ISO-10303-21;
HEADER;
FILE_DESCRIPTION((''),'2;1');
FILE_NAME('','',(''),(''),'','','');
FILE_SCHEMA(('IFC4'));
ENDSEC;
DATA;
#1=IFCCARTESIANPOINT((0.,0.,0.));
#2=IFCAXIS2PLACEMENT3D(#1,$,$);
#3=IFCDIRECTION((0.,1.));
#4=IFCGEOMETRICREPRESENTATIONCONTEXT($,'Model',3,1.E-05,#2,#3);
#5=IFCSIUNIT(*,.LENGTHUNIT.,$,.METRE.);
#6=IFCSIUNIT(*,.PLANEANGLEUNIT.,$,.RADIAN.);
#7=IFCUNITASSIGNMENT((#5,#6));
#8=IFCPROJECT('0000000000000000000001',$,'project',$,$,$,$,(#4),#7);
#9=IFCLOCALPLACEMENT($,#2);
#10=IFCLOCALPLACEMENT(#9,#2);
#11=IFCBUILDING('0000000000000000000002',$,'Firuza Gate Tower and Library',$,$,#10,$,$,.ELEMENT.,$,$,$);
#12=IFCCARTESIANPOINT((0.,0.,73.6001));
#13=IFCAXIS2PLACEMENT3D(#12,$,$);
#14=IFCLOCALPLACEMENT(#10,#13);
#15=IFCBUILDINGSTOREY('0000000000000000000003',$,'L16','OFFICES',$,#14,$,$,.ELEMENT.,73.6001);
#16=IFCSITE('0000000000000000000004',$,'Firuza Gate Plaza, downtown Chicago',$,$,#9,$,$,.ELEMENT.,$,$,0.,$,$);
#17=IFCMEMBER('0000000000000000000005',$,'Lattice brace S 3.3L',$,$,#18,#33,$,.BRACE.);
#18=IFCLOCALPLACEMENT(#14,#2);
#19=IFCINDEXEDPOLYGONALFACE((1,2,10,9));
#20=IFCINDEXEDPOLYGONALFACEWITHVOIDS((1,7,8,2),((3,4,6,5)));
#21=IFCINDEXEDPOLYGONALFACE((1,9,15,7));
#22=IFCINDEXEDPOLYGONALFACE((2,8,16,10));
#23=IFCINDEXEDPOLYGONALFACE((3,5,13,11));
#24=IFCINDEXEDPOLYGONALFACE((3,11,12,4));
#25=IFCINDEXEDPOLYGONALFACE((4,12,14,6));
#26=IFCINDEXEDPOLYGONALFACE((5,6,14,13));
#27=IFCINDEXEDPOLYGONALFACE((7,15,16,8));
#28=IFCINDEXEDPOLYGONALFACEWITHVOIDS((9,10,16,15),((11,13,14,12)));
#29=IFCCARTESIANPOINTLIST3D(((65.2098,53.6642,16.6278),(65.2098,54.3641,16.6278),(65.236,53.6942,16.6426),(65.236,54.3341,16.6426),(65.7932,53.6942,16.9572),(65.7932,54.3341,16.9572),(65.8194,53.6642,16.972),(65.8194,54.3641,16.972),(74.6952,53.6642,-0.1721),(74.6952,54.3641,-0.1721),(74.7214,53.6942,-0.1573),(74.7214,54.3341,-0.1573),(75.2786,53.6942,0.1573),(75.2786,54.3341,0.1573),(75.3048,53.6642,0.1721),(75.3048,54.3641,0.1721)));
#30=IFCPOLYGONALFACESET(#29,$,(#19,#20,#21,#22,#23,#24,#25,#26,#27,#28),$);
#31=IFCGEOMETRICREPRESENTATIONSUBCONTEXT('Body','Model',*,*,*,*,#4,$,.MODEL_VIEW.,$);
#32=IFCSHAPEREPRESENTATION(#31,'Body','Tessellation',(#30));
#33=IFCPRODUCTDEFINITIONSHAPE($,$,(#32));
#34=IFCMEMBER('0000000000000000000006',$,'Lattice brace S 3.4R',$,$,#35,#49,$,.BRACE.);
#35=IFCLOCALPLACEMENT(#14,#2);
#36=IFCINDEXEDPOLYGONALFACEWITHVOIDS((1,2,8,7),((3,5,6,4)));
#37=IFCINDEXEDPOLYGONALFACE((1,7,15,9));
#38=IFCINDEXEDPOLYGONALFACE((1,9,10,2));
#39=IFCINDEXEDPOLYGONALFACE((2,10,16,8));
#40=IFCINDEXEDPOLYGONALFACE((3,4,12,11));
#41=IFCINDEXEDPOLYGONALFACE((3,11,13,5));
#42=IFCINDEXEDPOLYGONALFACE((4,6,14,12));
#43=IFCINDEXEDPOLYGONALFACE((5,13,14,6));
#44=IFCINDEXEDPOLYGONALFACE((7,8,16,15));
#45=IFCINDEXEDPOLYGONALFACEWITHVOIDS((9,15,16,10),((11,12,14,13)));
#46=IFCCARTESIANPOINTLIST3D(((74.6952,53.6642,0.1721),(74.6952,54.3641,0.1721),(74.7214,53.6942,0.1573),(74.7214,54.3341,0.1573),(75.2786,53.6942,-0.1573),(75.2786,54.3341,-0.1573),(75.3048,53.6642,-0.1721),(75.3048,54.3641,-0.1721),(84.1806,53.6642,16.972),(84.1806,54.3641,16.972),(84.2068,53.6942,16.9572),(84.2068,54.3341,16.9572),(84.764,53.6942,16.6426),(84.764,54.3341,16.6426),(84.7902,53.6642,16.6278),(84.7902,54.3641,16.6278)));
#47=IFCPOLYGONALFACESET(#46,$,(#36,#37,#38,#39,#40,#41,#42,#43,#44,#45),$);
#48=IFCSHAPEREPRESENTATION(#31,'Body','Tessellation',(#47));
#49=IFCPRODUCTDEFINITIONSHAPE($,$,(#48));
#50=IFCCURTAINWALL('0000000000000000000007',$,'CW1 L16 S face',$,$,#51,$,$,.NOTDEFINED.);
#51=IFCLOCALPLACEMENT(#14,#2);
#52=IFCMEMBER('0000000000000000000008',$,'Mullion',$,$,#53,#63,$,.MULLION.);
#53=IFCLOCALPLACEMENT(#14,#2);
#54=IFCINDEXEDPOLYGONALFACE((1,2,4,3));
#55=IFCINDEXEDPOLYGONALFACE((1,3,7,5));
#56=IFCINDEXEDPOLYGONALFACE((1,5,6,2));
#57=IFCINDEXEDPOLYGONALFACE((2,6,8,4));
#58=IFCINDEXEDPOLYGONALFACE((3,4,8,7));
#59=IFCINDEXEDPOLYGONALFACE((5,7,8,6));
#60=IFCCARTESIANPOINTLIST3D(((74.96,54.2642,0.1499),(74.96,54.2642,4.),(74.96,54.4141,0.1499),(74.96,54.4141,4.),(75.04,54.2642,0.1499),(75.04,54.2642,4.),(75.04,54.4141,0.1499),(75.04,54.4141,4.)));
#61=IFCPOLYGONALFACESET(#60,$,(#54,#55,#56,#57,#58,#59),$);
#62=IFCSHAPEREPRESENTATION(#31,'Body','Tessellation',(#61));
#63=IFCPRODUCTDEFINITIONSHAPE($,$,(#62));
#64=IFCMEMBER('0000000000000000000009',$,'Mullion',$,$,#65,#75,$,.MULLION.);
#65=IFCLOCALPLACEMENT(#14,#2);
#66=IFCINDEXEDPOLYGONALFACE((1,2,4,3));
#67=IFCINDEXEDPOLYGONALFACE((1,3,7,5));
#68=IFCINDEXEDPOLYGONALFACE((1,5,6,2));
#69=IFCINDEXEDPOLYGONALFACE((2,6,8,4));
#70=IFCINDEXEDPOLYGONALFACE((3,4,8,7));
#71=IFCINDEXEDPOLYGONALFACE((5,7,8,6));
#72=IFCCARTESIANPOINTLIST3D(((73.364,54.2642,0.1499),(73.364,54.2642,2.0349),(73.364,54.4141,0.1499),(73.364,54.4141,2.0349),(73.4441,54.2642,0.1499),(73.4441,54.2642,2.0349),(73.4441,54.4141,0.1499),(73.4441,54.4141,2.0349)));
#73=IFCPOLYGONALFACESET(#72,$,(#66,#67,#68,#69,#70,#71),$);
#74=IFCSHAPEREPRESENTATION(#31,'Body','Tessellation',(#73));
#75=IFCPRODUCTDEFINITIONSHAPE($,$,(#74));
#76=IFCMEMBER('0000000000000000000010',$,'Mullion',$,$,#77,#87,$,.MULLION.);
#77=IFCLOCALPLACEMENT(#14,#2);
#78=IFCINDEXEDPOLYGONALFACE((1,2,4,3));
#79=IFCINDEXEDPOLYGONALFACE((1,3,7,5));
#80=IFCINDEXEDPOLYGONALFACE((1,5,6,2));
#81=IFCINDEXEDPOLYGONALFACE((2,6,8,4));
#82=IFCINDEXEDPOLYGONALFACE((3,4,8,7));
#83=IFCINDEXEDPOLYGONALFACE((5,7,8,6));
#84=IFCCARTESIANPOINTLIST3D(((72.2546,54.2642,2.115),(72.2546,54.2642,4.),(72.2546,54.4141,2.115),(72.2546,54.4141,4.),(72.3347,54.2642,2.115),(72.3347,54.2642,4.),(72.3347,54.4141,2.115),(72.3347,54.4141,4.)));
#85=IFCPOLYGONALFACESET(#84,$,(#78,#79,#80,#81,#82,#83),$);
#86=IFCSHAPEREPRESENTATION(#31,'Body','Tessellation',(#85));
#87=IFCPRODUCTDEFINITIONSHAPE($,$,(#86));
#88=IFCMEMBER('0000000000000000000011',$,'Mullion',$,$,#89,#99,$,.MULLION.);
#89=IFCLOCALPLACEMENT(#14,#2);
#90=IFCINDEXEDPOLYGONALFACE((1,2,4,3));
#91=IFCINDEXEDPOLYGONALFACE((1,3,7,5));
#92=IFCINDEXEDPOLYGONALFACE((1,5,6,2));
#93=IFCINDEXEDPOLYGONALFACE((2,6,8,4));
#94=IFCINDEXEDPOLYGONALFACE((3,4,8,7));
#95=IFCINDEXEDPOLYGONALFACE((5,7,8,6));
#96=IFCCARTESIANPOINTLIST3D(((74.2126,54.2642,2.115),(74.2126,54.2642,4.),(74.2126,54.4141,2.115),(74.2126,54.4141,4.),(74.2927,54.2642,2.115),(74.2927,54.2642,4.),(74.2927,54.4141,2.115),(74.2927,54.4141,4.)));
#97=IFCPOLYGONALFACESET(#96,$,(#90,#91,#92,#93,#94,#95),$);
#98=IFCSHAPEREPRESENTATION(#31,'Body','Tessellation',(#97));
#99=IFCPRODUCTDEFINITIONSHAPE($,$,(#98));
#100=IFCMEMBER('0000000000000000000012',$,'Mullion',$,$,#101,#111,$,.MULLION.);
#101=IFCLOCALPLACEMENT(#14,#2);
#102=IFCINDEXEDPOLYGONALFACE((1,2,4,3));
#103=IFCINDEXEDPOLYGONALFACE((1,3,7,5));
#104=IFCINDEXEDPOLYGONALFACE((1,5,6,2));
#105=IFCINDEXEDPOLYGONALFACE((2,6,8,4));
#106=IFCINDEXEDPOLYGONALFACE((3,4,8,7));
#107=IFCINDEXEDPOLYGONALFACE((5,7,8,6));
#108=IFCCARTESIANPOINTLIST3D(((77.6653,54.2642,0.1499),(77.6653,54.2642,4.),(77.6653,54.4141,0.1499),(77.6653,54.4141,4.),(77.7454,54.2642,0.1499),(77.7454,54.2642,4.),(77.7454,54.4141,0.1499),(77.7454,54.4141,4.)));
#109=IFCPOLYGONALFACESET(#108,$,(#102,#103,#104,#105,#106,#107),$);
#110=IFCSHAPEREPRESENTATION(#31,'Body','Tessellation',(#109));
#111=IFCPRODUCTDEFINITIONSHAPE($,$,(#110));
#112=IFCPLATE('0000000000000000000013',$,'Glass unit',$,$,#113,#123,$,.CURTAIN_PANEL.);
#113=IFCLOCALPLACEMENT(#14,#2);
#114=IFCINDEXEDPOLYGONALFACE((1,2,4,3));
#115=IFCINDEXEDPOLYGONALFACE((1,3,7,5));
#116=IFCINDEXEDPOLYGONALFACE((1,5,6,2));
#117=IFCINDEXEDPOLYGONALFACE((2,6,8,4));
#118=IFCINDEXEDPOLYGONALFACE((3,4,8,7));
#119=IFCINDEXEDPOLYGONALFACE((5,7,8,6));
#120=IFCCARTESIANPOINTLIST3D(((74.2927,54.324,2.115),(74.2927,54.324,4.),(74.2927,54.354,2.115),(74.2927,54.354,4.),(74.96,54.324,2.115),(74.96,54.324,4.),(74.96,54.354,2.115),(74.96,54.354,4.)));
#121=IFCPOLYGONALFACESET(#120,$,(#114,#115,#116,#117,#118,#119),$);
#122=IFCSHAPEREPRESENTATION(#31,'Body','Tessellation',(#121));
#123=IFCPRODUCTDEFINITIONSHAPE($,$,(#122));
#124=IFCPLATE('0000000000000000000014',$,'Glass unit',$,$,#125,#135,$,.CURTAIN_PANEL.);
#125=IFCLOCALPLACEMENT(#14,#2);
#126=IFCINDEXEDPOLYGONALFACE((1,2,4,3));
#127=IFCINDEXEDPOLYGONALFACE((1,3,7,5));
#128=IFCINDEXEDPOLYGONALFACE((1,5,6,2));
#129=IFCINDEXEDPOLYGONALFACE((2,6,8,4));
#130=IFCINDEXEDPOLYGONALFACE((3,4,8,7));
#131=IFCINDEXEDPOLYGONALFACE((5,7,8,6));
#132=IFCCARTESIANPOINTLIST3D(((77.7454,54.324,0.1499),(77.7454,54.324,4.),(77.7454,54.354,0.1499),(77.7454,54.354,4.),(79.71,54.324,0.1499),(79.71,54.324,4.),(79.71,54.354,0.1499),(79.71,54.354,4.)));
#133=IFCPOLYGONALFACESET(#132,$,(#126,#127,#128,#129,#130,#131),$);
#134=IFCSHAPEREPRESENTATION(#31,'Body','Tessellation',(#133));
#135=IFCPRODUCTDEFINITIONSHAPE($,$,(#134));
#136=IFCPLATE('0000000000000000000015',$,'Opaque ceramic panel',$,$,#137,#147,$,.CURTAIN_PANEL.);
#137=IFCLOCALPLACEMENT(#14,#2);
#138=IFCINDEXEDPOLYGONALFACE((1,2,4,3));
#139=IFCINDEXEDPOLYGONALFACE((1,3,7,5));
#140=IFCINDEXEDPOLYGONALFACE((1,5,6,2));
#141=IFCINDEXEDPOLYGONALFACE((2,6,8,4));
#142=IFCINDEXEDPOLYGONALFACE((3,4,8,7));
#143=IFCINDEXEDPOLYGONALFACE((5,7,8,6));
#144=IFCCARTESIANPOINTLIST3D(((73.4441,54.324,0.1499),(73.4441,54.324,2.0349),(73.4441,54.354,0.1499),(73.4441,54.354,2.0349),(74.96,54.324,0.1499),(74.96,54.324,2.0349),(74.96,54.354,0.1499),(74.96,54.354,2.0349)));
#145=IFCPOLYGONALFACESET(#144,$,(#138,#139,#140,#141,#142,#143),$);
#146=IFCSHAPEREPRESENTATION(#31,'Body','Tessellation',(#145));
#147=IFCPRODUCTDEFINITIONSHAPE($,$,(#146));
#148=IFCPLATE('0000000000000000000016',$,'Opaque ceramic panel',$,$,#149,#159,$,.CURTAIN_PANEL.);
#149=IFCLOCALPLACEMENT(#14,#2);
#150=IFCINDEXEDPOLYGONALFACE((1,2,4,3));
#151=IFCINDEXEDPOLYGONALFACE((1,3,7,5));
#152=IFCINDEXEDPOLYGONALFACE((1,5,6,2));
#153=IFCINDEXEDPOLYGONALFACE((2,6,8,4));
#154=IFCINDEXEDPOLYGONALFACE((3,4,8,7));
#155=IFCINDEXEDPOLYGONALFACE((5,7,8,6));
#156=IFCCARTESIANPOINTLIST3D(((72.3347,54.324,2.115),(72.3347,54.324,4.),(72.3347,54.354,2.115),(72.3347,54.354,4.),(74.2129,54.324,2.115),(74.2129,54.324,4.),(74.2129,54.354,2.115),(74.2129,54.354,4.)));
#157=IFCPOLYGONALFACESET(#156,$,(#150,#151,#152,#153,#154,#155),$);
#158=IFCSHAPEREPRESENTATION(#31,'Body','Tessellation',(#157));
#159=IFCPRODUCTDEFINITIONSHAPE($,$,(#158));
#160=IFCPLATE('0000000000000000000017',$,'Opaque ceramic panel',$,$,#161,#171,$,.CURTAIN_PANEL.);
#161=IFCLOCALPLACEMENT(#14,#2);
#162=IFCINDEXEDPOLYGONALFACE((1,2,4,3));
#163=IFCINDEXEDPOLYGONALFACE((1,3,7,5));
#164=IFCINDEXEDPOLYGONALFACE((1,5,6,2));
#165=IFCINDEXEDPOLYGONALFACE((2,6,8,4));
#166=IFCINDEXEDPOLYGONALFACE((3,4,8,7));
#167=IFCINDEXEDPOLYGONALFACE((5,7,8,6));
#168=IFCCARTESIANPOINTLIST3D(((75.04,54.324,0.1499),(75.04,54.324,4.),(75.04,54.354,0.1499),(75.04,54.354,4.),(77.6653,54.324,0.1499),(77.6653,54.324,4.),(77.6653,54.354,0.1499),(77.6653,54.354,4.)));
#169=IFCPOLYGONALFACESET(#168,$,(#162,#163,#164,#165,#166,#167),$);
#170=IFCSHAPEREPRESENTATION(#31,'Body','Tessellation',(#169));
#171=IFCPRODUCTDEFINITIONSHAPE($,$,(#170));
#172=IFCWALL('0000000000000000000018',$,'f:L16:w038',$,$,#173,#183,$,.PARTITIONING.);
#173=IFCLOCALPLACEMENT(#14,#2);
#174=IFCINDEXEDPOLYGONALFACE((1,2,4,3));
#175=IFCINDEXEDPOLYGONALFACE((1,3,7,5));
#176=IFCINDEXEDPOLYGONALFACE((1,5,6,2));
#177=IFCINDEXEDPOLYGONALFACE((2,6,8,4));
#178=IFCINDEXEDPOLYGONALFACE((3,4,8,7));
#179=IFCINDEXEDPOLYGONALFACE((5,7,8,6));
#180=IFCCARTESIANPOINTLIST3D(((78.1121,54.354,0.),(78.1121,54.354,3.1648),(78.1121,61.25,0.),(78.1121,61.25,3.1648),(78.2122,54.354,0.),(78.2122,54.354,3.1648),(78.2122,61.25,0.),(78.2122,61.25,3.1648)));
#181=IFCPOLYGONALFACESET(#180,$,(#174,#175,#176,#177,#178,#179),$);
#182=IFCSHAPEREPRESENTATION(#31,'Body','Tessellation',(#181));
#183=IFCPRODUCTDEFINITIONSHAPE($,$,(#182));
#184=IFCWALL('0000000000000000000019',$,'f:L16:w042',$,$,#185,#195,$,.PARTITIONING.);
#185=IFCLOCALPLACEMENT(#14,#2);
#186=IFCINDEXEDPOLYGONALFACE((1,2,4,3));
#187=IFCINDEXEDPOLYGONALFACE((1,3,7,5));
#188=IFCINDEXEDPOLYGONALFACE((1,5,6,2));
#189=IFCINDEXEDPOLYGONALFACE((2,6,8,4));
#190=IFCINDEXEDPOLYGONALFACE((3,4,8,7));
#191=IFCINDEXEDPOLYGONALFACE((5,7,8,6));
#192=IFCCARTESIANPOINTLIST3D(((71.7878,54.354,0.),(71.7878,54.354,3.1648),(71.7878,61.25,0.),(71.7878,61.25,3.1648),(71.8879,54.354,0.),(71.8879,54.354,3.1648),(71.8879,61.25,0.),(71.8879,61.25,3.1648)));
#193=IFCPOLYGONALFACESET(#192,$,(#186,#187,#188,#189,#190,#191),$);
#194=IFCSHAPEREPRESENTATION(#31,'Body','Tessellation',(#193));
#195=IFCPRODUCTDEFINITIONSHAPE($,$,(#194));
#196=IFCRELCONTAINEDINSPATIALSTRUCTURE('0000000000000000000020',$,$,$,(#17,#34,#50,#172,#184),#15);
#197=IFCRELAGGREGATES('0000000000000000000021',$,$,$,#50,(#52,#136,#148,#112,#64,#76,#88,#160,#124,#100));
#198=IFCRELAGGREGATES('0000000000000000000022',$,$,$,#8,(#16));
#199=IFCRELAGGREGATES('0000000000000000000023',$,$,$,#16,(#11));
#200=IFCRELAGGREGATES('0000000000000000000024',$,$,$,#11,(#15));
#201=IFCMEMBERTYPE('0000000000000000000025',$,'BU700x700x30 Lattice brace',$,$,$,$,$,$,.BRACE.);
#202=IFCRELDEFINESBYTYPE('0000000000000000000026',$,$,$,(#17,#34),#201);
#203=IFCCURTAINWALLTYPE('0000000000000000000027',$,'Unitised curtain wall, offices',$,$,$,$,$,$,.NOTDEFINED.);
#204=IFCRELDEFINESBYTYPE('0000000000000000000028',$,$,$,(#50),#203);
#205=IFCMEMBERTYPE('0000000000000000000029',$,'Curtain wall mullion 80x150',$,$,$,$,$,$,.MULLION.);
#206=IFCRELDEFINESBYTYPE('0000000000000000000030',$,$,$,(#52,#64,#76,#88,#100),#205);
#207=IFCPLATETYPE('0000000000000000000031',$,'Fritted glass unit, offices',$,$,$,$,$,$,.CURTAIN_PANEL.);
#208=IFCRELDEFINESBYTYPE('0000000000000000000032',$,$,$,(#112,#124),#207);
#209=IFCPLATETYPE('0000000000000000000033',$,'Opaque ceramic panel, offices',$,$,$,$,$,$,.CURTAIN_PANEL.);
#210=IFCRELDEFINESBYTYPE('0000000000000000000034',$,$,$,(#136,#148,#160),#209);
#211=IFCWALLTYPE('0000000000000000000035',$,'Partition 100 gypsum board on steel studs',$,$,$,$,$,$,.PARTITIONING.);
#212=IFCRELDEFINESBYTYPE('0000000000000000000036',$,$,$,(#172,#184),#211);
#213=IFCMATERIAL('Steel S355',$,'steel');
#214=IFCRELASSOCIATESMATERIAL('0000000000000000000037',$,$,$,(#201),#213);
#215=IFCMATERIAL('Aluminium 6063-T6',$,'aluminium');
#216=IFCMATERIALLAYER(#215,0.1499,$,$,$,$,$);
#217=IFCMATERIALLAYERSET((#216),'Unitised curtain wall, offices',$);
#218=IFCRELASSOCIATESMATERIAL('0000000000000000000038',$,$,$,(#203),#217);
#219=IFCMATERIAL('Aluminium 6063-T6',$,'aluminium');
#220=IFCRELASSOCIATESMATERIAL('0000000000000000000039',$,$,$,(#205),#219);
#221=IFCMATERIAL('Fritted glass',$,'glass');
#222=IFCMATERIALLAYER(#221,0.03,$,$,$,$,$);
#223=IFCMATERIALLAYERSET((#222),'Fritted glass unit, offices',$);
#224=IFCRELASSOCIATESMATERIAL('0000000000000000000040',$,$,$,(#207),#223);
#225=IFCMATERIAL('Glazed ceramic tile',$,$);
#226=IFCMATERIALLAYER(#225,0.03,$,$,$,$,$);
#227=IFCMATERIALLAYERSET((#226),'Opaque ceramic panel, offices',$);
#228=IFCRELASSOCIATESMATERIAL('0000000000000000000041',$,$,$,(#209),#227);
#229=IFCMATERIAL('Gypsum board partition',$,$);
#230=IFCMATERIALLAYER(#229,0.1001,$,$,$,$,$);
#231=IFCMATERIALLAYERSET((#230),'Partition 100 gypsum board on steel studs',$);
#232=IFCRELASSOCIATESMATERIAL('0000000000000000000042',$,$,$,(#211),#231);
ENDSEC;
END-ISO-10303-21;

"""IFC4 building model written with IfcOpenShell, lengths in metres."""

from ifc_helpers import new_model, si_unit, direction, frame, frame_2d, origin, origin_2d, place, context, subcontext, project, spatial, polyline, rectangle, hollow_rectangle, outline, extrude, material, layer, layer_set, material_profile, profile_set, type_object, element, aggregate, save


model = new_model("IFC4")

# Units and contexts
model_context = context("Model", 3, precision=1e-05, world=origin(), true_north=direction((0.0, 1.0)))
body_context = subcontext(model_context, "Body", "Model", "MODEL_VIEW")
ifc_project = project(units=[si_unit("LENGTHUNIT", "METRE"), si_unit("PLANEANGLEUNIT", "RADIAN")], contexts=[model_context])

# Site, building, storey
site_placement = place(None, origin())
site = spatial("IfcSite", under=ifc_project, at=site_placement, Name="Firuza Gate Plaza, downtown Chicago", CompositionType="ELEMENT", RefElevation=0.0)
building_placement = place(site_placement, origin())
building = spatial("IfcBuilding", under=site, at=building_placement, Name="Firuza Gate Tower and Library", CompositionType="ELEMENT")
storey_placement = place(building_placement, frame((0.0, 0.0, 73.6001)))
storey = spatial("IfcBuildingStorey", under=building, at=storey_placement, Name="L16", Description="OFFICES", CompositionType="ELEMENT", Elevation=73.6001)

# Members
ifc_material_1 = material(Name="Steel S355", Category="steel")
ifc_material_profile_1 = material_profile(ifc_material_1, hollow_rectangle(XDim=0.7, YDim=0.7, WallThickness=0.03, at=origin_2d()))
ifc_profile_set_1 = profile_set([ifc_material_profile_1], Name="Steel S355")
member_type_1 = type_object("IfcMemberType", Name="BU700x700x30 Lattice brace", PredefinedType="BRACE", material=ifc_profile_set_1)
for number, where, z_axis, x_axis, name in (
    (1, (75.0, 54.0142, 0.0), (-0.491657, 0.0, 0.870789), (0.0, -1.0, 0.0), "Lattice brace S 3.3L"),
    (2, (75.0, 54.0142, 0.0), (0.491657, 0.0, 0.870789), (0.0, 1.0, 0.0), "Lattice brace S 3.4R"),
):
    element("IfcMember", number, at=place(storey_placement, frame(where, z_axis=z_axis, x_axis=x_axis)), inside=storey, type_object=member_type_1, Name=name, PredefinedType="BRACE", context=body_context, shape_type="SweptSolid", body=[
        extrude(hollow_rectangle(XDim=0.7, YDim=0.7, WallThickness=0.03, at=origin_2d()), origin(), (0.0, 0.0, 1.0), 19.2927),
    ])

# Curtain wall, members, plates
ifc_material_2 = material(Name="Aluminium 6063-T6", Category="aluminium")
ifc_layer_1 = layer(ifc_material_2, 0.1499)
ifc_layer_set_1 = layer_set([ifc_layer_1], Name="Unitised curtain wall, offices")
curtain_wall_type = type_object("IfcCurtainWallType", Name="Unitised curtain wall, offices", PredefinedType="NOTDEFINED", material=ifc_layer_set_1)
curtain_wall_placement = place(storey_placement, origin())
curtain_wall = element("IfcCurtainWall", 3, at=curtain_wall_placement, inside=storey, type_object=curtain_wall_type, Name="CW1 L16 S face", PredefinedType="NOTDEFINED")
ifc_material_3 = material(Name="Aluminium 6063-T6", Category="aluminium")
ifc_material_profile_2 = material_profile(ifc_material_3, rectangle(XDim=0.1499, YDim=0.0801, at=origin_2d()))
ifc_profile_set_2 = profile_set([ifc_material_profile_2], Name="Aluminium 6063-T6")
member_type_2 = type_object("IfcMemberType", Name="Curtain wall mullion 80x150", PredefinedType="MULLION", material=ifc_profile_set_2)
member_1_placement = place(storey_placement, frame((75.0, 54.3391, 0.1499), z_axis=(0.0, 0.0, 1.0), x_axis=(0.0, 1.0, 0.0)))
member_1 = element("IfcMember", 4, at=member_1_placement, type_object=member_type_2, Name="Mullion", PredefinedType="MULLION", context=body_context, shape_type="SweptSolid", body=[
    extrude(rectangle(XDim=0.1499, YDim=0.0801, at=origin_2d()), origin(), (0.0, 0.0, 1.0), 3.8501),
])
member_2_placement = place(storey_placement, frame((73.4041, 54.3391, 0.1499), z_axis=(0.0, 0.0, 1.0), x_axis=(0.0, 1.0, 0.0)))
member_2 = element("IfcMember", 5, at=member_2_placement, type_object=member_type_2, Name="Mullion", PredefinedType="MULLION", context=body_context, shape_type="SweptSolid", body=[
    extrude(rectangle(XDim=0.1499, YDim=0.0801, at=origin_2d()), origin(), (0.0, 0.0, 1.0), 1.885),
])
member_3_placement = place(storey_placement, frame((72.2947, 54.3391, 2.115), z_axis=(0.0, 0.0, 1.0), x_axis=(0.0, 1.0, 0.0)))
member_3 = element("IfcMember", 6, at=member_3_placement, type_object=member_type_2, Name="Mullion", PredefinedType="MULLION", context=body_context, shape_type="SweptSolid", body=[
    extrude(rectangle(XDim=0.1499, YDim=0.0801, at=origin_2d()), origin(), (0.0, 0.0, 1.0), 1.885),
])
member_4_placement = place(storey_placement, frame((74.2527, 54.3391, 2.115), z_axis=(0.0, 0.0, 1.0), x_axis=(0.0, 1.0, 0.0)))
member_4 = element("IfcMember", 7, at=member_4_placement, type_object=member_type_2, Name="Mullion", PredefinedType="MULLION", context=body_context, shape_type="SweptSolid", body=[
    extrude(rectangle(XDim=0.1499, YDim=0.0801, at=origin_2d()), origin(), (0.0, 0.0, 1.0), 1.885),
])
member_5_placement = place(storey_placement, frame((77.7053, 54.3391, 0.1499), z_axis=(0.0, 0.0, 1.0), x_axis=(0.0, 1.0, 0.0)))
member_5 = element("IfcMember", 8, at=member_5_placement, type_object=member_type_2, Name="Mullion", PredefinedType="MULLION", context=body_context, shape_type="SweptSolid", body=[
    extrude(rectangle(XDim=0.1499, YDim=0.0801, at=origin_2d()), origin(), (0.0, 0.0, 1.0), 3.8501),
])
ifc_material_4 = material(Name="Fritted glass", Category="glass")
ifc_layer_2 = layer(ifc_material_4, 0.03)
ifc_layer_set_2 = layer_set([ifc_layer_2], Name="Fritted glass unit, offices")
plate_type_1 = type_object("IfcPlateType", Name="Fritted glass unit, offices", PredefinedType="CURTAIN_PANEL", material=ifc_layer_set_2)
plate_1_placement = place(storey_placement, frame((74.2927, 54.324, 2.115), z_axis=(0.0, -1.0, 0.0), x_axis=(1.0, 0.0, 0.0)))
plate_1 = element("IfcPlate", 9, at=plate_1_placement, type_object=plate_type_1, Name="Glass unit", PredefinedType="CURTAIN_PANEL", context=body_context, shape_type="SweptSolid", body=[
    extrude(outline(polyline([(0.0, 0.0), (0.6672, 0.0), (0.6672, 1.885), (0.0, 1.885), (0.0, 0.0)])), origin(), (0.0, 0.0, -1.0), 0.03),
])
plate_2_placement = place(storey_placement, frame((77.7454, 54.324, 0.1499), z_axis=(0.0, -1.0, 0.0), x_axis=(1.0, 0.0, 0.0)))
plate_2 = element("IfcPlate", 10, at=plate_2_placement, type_object=plate_type_1, Name="Glass unit", PredefinedType="CURTAIN_PANEL", context=body_context, shape_type="SweptSolid", body=[
    extrude(outline(polyline([(0.0, 0.0), (1.9646, 0.0), (1.9646, 3.8501), (0.0, 3.8501), (0.0, 0.0)])), origin(), (0.0, 0.0, -1.0), 0.03),
])
ifc_material_5 = material(Name="Glazed ceramic tile")
ifc_layer_3 = layer(ifc_material_5, 0.03)
ifc_layer_set_3 = layer_set([ifc_layer_3], Name="Opaque ceramic panel, offices")
plate_type_2 = type_object("IfcPlateType", Name="Opaque ceramic panel, offices", PredefinedType="CURTAIN_PANEL", material=ifc_layer_set_3)
plate_3_placement = place(storey_placement, frame((73.4441, 54.324, 0.1499), z_axis=(0.0, -1.0, 0.0), x_axis=(1.0, 0.0, 0.0)))
plate_3 = element("IfcPlate", 11, at=plate_3_placement, type_object=plate_type_2, Name="Opaque ceramic panel", PredefinedType="CURTAIN_PANEL", context=body_context, shape_type="SweptSolid", body=[
    extrude(outline(polyline([(0.0, 0.0), (1.5159, 0.0), (1.5159, 1.885), (0.0, 1.885), (0.0, 0.0)])), origin(), (0.0, 0.0, -1.0), 0.03),
])
plate_4_placement = place(storey_placement, frame((72.3347, 54.324, 2.115), z_axis=(0.0, -1.0, 0.0), x_axis=(1.0, 0.0, 0.0)))
plate_4 = element("IfcPlate", 12, at=plate_4_placement, type_object=plate_type_2, Name="Opaque ceramic panel", PredefinedType="CURTAIN_PANEL", context=body_context, shape_type="SweptSolid", body=[
    extrude(outline(polyline([(0.0, 0.0), (1.8782, 0.0), (1.8782, 1.885), (0.0, 1.885), (0.0, 0.0)])), origin(), (0.0, 0.0, -1.0), 0.03),
])
plate_5_placement = place(storey_placement, frame((75.04, 54.324, 0.1499), z_axis=(0.0, -1.0, 0.0), x_axis=(1.0, 0.0, 0.0)))
plate_5 = element("IfcPlate", 13, at=plate_5_placement, type_object=plate_type_2, Name="Opaque ceramic panel", PredefinedType="CURTAIN_PANEL", context=body_context, shape_type="SweptSolid", body=[
    extrude(outline(polyline([(0.0, 0.0), (2.6252, 0.0), (2.6252, 3.8501), (0.0, 3.8501), (0.0, 0.0)])), origin(), (0.0, 0.0, -1.0), 0.03),
])
aggregate(curtain_wall, [member_1, plate_3, plate_4, plate_1, member_2, member_3, member_4, plate_5, plate_2, member_5])

# Walls
ifc_material_6 = material(Name="Gypsum board partition")
ifc_layer_4 = layer(ifc_material_6, 0.1001)
ifc_layer_set_4 = layer_set([ifc_layer_4], Name="Partition 100 gypsum board on steel studs")
wall_type = type_object("IfcWallType", Name="Partition 100 gypsum board on steel studs", PredefinedType="PARTITIONING", material=ifc_layer_set_4)
for number, where, z_axis, x_axis, name in (
    (14, (78.1621, 54.354, 0.0), (0.0, 0.0, 1.0), (0.0, 1.0, 0.0), "f:L16:w038"),
    (15, (71.8379, 54.354, 0.0), (0.0, 0.0, 1.0), (0.0, 1.0, 0.0), "f:L16:w042"),
):
    element("IfcWall", number, at=place(storey_placement, frame(where, z_axis=z_axis, x_axis=x_axis)), inside=storey, type_object=wall_type, Name=name, PredefinedType="PARTITIONING", context=body_context, shape_type="SweptSolid", body=[
        extrude(rectangle(XDim=6.896, YDim=0.1001, at=frame_2d((3.448, 0.0))), origin(), (0.0, 0.0, 1.0), 3.1648),
    ])

save(model, "model.ifc")
